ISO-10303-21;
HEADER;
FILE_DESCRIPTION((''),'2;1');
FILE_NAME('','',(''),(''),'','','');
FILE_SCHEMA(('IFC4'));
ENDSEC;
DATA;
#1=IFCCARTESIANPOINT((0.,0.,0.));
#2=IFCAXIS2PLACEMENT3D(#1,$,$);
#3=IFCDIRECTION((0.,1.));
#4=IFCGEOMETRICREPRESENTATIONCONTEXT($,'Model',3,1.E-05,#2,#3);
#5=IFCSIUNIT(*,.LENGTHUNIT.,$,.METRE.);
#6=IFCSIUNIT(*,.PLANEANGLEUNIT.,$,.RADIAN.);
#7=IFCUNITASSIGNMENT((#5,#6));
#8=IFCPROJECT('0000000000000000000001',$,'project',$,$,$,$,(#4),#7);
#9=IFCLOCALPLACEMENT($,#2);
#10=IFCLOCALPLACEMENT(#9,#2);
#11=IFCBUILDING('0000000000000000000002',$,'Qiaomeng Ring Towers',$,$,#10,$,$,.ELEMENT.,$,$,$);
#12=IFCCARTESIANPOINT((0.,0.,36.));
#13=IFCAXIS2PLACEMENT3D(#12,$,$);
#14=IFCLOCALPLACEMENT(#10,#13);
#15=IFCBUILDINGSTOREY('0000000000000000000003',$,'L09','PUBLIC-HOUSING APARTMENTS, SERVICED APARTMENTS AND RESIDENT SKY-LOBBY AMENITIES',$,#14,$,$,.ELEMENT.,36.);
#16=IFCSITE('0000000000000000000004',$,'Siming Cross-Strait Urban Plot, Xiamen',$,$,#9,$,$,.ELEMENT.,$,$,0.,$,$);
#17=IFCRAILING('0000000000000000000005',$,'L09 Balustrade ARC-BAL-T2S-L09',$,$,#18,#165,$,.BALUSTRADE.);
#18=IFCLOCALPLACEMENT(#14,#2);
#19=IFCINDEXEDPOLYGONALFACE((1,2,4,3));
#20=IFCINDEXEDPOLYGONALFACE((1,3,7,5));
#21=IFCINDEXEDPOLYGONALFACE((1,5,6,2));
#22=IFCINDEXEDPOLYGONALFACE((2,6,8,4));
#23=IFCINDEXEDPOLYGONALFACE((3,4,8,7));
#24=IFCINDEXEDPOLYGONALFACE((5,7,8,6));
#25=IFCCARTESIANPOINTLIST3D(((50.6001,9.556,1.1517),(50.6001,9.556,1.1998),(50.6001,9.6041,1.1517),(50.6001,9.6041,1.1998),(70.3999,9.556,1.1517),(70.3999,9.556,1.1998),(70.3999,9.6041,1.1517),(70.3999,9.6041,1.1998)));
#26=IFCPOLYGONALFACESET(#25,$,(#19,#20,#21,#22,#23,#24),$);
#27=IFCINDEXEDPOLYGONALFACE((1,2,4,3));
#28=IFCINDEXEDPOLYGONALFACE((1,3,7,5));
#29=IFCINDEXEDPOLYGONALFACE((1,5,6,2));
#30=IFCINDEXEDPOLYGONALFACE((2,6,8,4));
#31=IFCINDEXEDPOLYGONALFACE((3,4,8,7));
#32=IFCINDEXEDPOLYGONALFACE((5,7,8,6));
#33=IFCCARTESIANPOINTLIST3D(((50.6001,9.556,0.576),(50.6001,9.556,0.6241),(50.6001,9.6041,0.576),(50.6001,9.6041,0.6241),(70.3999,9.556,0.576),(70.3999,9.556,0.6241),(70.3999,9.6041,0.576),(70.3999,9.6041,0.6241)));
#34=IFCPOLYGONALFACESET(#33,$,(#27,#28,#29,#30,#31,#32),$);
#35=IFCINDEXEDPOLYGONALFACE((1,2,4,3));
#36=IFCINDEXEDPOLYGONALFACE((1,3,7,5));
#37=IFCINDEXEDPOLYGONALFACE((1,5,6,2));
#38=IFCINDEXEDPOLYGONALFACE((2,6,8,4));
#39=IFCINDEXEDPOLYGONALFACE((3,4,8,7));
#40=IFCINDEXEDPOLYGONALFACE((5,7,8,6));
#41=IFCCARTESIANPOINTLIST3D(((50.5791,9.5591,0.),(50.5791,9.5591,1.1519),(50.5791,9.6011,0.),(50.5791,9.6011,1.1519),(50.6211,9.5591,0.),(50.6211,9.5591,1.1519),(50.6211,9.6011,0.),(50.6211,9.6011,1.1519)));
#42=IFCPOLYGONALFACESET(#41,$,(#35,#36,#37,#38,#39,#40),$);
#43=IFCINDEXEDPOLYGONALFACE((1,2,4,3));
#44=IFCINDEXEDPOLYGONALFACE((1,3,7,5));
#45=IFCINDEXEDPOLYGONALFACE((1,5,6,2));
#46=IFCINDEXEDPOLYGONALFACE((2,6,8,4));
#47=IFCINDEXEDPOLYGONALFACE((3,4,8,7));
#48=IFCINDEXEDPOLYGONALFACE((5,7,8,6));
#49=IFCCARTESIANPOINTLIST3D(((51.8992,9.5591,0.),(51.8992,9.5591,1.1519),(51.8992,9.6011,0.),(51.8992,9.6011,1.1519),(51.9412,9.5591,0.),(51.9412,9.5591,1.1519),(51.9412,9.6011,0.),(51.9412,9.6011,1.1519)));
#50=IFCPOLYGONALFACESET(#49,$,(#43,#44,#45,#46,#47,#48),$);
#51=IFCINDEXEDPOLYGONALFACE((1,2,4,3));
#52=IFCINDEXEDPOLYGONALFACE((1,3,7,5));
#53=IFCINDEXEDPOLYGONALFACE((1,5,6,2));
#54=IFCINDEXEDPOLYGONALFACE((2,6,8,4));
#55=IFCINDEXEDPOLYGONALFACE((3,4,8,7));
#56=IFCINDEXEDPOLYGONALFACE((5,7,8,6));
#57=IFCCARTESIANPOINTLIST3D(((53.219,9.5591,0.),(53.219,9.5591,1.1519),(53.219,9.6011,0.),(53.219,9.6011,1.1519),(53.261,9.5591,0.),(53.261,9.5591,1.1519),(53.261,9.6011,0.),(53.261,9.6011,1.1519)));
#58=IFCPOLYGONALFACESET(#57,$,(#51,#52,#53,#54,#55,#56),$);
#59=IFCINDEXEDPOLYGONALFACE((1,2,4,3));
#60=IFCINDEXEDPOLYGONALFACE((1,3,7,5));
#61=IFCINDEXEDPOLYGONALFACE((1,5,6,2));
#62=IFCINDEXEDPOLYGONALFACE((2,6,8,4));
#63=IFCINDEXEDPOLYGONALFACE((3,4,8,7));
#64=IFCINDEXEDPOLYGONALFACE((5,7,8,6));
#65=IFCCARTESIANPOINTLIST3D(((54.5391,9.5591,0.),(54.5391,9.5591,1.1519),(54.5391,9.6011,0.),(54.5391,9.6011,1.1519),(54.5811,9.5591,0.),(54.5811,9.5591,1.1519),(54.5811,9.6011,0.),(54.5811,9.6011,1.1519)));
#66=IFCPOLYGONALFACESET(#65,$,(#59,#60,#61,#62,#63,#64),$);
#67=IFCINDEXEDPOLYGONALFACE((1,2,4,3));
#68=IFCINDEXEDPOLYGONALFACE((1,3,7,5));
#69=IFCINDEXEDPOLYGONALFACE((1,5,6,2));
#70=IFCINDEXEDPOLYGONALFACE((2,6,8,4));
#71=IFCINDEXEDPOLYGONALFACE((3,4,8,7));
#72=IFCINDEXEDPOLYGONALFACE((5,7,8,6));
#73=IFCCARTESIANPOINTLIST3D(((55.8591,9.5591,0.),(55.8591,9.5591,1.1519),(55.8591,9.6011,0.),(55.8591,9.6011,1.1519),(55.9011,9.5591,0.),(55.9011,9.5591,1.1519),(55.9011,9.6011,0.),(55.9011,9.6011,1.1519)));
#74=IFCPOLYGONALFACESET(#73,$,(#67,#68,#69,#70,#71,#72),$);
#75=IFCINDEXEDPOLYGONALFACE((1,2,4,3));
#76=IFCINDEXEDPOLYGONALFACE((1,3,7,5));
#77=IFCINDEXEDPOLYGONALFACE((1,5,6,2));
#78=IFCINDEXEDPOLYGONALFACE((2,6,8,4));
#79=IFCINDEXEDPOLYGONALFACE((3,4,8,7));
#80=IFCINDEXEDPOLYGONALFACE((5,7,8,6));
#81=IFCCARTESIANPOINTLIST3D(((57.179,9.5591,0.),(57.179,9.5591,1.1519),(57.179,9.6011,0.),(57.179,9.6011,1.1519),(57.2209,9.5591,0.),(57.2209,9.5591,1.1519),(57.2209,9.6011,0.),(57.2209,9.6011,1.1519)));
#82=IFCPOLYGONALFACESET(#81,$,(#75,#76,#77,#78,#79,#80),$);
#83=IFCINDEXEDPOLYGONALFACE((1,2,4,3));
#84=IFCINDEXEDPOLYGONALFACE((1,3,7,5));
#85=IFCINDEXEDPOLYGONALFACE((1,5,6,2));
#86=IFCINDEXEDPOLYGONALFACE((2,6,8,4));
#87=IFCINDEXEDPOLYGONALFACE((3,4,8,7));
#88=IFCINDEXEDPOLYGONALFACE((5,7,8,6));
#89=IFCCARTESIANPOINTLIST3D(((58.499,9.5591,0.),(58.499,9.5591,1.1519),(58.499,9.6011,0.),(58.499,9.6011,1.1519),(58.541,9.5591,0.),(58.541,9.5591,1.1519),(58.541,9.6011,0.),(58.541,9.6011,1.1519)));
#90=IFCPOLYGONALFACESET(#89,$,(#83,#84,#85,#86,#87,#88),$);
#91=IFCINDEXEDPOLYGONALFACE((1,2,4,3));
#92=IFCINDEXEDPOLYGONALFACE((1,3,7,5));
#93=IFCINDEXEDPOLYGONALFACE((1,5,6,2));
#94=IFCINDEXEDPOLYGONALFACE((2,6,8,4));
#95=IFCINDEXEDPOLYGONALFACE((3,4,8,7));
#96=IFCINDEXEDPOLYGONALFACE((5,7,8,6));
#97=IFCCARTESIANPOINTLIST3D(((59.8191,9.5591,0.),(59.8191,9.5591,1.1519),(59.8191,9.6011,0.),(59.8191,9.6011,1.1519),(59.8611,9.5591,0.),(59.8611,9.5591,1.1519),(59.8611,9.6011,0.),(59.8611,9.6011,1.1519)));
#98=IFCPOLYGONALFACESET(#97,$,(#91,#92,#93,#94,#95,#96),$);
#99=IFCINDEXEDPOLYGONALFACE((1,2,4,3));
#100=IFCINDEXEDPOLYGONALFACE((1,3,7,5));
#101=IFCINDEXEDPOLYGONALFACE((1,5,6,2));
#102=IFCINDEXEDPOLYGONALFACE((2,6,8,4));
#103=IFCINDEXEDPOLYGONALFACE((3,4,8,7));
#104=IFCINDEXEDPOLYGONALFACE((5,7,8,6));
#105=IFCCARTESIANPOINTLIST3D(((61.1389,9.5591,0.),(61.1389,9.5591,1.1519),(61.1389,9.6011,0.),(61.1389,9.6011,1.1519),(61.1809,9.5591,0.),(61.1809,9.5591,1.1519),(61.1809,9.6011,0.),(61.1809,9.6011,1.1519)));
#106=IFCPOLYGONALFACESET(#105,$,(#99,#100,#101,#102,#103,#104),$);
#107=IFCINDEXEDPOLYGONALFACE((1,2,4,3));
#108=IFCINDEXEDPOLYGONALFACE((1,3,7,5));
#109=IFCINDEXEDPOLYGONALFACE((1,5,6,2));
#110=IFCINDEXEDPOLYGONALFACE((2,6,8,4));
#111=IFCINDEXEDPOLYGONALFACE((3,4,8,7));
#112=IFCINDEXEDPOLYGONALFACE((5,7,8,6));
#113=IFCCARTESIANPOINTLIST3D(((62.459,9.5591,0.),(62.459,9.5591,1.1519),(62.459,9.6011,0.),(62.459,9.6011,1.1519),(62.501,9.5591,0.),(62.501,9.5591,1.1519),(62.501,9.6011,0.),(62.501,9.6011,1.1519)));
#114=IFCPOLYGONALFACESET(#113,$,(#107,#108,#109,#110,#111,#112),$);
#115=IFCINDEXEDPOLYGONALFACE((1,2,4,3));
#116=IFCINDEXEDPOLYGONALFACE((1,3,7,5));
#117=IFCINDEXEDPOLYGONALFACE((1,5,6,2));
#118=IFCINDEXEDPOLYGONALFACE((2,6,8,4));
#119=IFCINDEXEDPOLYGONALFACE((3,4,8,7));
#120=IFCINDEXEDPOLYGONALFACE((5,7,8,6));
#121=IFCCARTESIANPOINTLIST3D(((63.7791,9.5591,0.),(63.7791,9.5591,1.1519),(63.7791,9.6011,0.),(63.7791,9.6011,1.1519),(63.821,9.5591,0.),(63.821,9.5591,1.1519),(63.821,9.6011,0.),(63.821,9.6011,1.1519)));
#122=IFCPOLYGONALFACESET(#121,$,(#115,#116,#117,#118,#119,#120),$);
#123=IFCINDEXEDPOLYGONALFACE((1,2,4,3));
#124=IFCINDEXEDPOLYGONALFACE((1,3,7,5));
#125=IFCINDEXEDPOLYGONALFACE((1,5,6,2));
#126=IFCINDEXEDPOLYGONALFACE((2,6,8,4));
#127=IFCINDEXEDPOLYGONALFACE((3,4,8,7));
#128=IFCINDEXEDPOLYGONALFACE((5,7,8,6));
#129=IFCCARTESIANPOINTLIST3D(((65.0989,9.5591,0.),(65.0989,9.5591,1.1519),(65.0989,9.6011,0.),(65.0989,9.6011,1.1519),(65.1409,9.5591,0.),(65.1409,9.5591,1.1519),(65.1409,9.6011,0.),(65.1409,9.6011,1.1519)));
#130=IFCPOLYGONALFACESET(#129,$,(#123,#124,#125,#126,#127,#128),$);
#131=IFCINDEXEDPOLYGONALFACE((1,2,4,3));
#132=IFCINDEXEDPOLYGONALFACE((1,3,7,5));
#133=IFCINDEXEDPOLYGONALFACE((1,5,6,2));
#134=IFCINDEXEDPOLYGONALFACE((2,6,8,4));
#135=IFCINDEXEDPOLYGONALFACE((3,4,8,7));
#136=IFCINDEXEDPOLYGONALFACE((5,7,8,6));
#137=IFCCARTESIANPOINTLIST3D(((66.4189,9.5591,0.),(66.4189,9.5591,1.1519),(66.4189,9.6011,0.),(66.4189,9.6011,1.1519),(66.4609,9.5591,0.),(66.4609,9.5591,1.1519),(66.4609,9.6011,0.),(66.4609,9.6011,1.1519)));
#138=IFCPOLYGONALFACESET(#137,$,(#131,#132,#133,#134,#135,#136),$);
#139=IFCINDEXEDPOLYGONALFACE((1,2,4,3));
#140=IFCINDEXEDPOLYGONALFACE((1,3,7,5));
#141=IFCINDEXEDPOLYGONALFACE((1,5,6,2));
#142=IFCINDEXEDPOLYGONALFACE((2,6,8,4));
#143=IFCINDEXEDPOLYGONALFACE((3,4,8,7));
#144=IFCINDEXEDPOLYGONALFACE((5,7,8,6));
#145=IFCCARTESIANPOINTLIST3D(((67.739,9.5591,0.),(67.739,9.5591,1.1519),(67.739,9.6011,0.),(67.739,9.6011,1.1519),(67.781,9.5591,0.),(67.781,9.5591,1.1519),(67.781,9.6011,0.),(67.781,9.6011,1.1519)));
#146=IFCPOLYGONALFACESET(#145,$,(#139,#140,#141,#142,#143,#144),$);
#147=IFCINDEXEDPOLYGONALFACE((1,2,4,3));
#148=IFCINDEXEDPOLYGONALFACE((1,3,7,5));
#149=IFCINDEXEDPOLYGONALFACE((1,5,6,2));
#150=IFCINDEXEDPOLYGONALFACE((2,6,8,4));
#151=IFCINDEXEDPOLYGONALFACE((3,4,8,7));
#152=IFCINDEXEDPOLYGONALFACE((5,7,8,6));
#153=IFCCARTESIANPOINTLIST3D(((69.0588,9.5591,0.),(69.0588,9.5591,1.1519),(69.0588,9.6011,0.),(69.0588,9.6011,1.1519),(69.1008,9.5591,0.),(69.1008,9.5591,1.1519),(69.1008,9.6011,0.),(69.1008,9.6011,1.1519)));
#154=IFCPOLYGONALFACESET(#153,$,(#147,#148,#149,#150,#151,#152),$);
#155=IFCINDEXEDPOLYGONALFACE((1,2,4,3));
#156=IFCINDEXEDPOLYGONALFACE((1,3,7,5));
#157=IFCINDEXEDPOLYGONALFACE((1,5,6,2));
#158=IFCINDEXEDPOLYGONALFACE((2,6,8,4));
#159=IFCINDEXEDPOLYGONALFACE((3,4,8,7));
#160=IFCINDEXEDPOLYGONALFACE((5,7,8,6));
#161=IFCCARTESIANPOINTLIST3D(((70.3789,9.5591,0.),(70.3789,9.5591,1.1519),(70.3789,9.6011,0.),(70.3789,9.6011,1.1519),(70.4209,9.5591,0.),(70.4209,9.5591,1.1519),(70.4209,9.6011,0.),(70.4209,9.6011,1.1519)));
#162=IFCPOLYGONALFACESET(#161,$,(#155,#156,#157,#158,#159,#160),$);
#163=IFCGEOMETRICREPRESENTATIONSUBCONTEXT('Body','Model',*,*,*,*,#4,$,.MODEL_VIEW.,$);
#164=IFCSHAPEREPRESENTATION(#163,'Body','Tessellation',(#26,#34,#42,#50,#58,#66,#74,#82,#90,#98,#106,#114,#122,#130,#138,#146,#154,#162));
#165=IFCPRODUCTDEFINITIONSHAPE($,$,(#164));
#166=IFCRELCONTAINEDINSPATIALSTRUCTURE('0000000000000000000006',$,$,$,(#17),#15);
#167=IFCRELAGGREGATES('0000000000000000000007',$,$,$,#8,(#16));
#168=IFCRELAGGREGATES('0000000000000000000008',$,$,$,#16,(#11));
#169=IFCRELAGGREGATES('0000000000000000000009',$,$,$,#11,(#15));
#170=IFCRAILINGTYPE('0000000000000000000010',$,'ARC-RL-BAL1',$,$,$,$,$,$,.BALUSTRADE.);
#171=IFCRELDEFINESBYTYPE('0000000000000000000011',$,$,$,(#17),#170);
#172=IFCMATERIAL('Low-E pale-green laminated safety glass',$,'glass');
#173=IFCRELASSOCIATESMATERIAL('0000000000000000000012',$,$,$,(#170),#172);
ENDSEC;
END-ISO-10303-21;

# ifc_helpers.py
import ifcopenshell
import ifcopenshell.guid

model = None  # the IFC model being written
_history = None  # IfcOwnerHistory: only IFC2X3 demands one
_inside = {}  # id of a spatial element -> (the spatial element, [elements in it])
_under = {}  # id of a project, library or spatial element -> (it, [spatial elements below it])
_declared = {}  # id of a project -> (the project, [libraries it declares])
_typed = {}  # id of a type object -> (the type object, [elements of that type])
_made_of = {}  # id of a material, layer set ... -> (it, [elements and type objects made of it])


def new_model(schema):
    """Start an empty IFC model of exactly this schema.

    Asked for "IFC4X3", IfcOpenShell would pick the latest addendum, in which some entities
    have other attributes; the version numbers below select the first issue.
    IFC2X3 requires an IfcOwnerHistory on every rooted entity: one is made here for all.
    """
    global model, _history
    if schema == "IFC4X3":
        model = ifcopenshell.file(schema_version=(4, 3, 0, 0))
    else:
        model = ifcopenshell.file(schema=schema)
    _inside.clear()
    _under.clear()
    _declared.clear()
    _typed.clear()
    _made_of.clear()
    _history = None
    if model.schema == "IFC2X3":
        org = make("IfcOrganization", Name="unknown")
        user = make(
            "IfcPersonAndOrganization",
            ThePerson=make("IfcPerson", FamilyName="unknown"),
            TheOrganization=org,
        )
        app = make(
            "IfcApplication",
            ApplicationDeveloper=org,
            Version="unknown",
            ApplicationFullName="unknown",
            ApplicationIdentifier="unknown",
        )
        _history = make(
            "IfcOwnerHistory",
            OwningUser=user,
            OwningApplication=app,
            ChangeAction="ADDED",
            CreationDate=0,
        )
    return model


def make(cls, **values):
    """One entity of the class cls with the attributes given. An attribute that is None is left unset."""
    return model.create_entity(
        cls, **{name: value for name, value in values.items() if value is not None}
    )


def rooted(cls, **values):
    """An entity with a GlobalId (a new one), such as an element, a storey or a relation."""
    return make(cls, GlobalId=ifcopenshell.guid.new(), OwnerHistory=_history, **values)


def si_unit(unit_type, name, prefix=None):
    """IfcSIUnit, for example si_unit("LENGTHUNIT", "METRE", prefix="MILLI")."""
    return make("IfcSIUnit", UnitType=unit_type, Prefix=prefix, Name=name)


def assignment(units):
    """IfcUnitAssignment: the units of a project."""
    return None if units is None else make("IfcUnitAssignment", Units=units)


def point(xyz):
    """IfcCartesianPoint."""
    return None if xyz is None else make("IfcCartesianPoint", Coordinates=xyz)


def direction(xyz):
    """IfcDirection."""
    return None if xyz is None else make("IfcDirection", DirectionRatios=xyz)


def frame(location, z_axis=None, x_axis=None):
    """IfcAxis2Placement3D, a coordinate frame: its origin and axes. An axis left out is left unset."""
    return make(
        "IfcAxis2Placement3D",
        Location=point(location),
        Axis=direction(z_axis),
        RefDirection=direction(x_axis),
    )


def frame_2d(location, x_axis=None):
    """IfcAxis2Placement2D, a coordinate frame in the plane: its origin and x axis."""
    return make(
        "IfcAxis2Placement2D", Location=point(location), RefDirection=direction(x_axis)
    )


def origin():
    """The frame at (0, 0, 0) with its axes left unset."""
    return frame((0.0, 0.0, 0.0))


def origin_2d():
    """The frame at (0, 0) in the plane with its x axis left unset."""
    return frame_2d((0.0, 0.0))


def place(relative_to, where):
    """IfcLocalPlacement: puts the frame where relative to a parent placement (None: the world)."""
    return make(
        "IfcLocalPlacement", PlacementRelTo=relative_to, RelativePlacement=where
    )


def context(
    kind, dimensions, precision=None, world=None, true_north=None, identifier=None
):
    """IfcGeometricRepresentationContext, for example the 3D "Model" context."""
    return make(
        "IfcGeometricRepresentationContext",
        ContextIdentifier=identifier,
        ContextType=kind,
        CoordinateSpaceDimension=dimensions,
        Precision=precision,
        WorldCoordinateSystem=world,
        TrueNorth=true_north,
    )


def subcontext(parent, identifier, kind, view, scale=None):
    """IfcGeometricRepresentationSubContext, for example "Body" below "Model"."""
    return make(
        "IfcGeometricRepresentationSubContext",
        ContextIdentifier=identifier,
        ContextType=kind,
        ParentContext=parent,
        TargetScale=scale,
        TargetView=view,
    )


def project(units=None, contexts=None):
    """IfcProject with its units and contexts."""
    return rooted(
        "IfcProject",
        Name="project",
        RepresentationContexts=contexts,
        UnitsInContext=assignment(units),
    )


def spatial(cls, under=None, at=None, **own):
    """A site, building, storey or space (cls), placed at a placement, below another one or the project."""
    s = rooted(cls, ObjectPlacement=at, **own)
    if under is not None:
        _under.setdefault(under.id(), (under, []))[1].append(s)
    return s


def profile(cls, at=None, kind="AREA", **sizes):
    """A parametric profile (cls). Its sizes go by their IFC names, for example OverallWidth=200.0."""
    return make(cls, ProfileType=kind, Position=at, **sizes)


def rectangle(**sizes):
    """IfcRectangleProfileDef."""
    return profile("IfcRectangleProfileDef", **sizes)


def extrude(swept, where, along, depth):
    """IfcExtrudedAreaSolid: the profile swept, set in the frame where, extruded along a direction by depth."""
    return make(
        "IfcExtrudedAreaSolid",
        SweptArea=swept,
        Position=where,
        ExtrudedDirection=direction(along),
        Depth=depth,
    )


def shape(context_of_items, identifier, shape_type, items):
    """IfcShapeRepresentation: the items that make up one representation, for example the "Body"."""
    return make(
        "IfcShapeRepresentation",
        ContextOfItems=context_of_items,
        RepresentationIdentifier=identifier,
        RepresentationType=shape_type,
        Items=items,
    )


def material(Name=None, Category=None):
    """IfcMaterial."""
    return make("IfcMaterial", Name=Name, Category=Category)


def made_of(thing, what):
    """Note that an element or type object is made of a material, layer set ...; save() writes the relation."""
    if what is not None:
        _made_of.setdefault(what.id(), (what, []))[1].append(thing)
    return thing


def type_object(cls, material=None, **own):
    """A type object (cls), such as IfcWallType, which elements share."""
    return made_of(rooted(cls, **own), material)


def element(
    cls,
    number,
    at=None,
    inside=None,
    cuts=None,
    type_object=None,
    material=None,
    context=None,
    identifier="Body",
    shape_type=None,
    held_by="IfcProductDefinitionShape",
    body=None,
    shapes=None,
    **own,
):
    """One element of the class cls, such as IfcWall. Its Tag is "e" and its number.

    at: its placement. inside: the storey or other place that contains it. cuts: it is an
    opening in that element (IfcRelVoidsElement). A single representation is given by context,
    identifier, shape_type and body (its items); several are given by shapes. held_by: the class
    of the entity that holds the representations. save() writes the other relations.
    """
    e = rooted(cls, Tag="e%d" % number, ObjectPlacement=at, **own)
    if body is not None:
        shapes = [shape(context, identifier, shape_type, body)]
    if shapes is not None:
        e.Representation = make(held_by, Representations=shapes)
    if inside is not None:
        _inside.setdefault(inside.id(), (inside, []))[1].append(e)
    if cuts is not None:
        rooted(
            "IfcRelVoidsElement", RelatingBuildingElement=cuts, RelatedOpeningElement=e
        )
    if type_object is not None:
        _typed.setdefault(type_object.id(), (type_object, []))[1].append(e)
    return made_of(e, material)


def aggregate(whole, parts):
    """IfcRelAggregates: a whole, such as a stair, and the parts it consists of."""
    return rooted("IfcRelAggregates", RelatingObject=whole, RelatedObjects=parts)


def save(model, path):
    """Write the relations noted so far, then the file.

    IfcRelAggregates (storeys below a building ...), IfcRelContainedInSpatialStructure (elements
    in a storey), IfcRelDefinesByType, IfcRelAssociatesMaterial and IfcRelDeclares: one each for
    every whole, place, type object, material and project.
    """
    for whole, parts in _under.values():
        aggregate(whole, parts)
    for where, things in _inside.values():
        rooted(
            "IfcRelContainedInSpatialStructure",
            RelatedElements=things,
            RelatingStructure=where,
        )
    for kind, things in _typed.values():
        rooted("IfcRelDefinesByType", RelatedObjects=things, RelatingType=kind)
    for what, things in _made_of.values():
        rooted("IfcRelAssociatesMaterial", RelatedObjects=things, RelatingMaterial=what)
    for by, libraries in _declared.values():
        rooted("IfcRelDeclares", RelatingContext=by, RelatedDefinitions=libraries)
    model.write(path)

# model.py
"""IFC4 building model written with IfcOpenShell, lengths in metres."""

from ifc_helpers import new_model, si_unit, direction, frame, origin, origin_2d, place, context, subcontext, project, spatial, rectangle, extrude, material, type_object, element, save


model = new_model("IFC4")

# Units and contexts
model_context = context("Model", 3, precision=1e-05, world=origin(), true_north=direction((0.0, 1.0)))
body_context = subcontext(model_context, "Body", "Model", "MODEL_VIEW")
ifc_project = project(units=[si_unit("LENGTHUNIT", "METRE"), si_unit("PLANEANGLEUNIT", "RADIAN")], contexts=[model_context])

# Site, building, storey
site_placement = place(None, origin())
site = spatial("IfcSite", under=ifc_project, at=site_placement, Name="Siming Cross-Strait Urban Plot, Xiamen", CompositionType="ELEMENT", RefElevation=0.0)
building_placement = place(site_placement, origin())
building = spatial("IfcBuilding", under=site, at=building_placement, Name="Qiaomeng Ring Towers", CompositionType="ELEMENT")
storey_placement = place(building_placement, frame((0.0, 0.0, 36.0)))
storey = spatial("IfcBuildingStorey", under=building, at=storey_placement, Name="L09", Description="PUBLIC-HOUSING APARTMENTS, SERVICED APARTMENTS AND RESIDENT SKY-LOBBY AMENITIES", CompositionType="ELEMENT", Elevation=36.0)

# Railing
ifc_material_1 = material(Name="Low-E pale-green laminated safety glass", Category="glass")
railing_type = type_object("IfcRailingType", Name="ARC-RL-BAL1", PredefinedType="BALUSTRADE", material=ifc_material_1)
railing_placement = place(storey_placement, frame((50.6001, 9.5801, 0.0)))
element("IfcRailing", 1, at=railing_placement, inside=storey, type_object=railing_type, Name="L09 Balustrade ARC-BAL-T2S-L09", PredefinedType="BALUSTRADE", context=body_context, shape_type="SweptSolid", body=[
    extrude(rectangle(XDim=0.0481, YDim=0.0481, at=origin_2d()), frame((0.0, 0.0, 1.1758), z_axis=(1.0, 0.0, 0.0), x_axis=(0.0, 1.0, 0.0)), (0.0, 0.0, 1.0), 19.7998),
    extrude(rectangle(XDim=0.0481, YDim=0.0481, at=origin_2d()), frame((0.0, 0.0, 0.6001), z_axis=(1.0, 0.0, 0.0), x_axis=(0.0, 1.0, 0.0)), (0.0, 0.0, 1.0), 19.7998),
    extrude(rectangle(XDim=0.042, YDim=0.042, at=origin_2d()), origin(), (0.0, 0.0, 1.0), 1.1519),
    extrude(rectangle(XDim=0.042, YDim=0.042, at=origin_2d()), frame((1.3201, 0.0, 0.0)), (0.0, 0.0, 1.0), 1.1519),
    extrude(rectangle(XDim=0.042, YDim=0.042, at=origin_2d()), frame((2.6399, 0.0, 0.0)), (0.0, 0.0, 1.0), 1.1519),
    extrude(rectangle(XDim=0.042, YDim=0.042, at=origin_2d()), frame((3.96, 0.0, 0.0)), (0.0, 0.0, 1.0), 1.1519),
    extrude(rectangle(XDim=0.042, YDim=0.042, at=origin_2d()), frame((5.28, 0.0, 0.0)), (0.0, 0.0, 1.0), 1.1519),
    extrude(rectangle(XDim=0.042, YDim=0.042, at=origin_2d()), frame((6.5999, 0.0, 0.0)), (0.0, 0.0, 1.0), 1.1519),
    extrude(rectangle(XDim=0.042, YDim=0.042, at=origin_2d()), frame((7.9199, 0.0, 0.0)), (0.0, 0.0, 1.0), 1.1519),
    extrude(rectangle(XDim=0.042, YDim=0.042, at=origin_2d()), frame((9.24, 0.0, 0.0)), (0.0, 0.0, 1.0), 1.1519),
    extrude(rectangle(XDim=0.042, YDim=0.042, at=origin_2d()), frame((10.5598, 0.0, 0.0)), (0.0, 0.0, 1.0), 1.1519),
    extrude(rectangle(XDim=0.042, YDim=0.042, at=origin_2d()), frame((11.8799, 0.0, 0.0)), (0.0, 0.0, 1.0), 1.1519),
    extrude(rectangle(XDim=0.042, YDim=0.042, at=origin_2d()), frame((13.2, 0.0, 0.0)), (0.0, 0.0, 1.0), 1.1519),
    extrude(rectangle(XDim=0.042, YDim=0.042, at=origin_2d()), frame((14.5198, 0.0, 0.0)), (0.0, 0.0, 1.0), 1.1519),
    extrude(rectangle(XDim=0.042, YDim=0.042, at=origin_2d()), frame((15.8398, 0.0, 0.0)), (0.0, 0.0, 1.0), 1.1519),
    extrude(rectangle(XDim=0.042, YDim=0.042, at=origin_2d()), frame((17.1599, 0.0, 0.0)), (0.0, 0.0, 1.0), 1.1519),
    extrude(rectangle(XDim=0.042, YDim=0.042, at=origin_2d()), frame((18.4797, 0.0, 0.0)), (0.0, 0.0, 1.0), 1.1519),
    extrude(rectangle(XDim=0.042, YDim=0.042, at=origin_2d()), frame((19.7998, 0.0, 0.0)), (0.0, 0.0, 1.0), 1.1519),
])

save(model, "model.ifc")
